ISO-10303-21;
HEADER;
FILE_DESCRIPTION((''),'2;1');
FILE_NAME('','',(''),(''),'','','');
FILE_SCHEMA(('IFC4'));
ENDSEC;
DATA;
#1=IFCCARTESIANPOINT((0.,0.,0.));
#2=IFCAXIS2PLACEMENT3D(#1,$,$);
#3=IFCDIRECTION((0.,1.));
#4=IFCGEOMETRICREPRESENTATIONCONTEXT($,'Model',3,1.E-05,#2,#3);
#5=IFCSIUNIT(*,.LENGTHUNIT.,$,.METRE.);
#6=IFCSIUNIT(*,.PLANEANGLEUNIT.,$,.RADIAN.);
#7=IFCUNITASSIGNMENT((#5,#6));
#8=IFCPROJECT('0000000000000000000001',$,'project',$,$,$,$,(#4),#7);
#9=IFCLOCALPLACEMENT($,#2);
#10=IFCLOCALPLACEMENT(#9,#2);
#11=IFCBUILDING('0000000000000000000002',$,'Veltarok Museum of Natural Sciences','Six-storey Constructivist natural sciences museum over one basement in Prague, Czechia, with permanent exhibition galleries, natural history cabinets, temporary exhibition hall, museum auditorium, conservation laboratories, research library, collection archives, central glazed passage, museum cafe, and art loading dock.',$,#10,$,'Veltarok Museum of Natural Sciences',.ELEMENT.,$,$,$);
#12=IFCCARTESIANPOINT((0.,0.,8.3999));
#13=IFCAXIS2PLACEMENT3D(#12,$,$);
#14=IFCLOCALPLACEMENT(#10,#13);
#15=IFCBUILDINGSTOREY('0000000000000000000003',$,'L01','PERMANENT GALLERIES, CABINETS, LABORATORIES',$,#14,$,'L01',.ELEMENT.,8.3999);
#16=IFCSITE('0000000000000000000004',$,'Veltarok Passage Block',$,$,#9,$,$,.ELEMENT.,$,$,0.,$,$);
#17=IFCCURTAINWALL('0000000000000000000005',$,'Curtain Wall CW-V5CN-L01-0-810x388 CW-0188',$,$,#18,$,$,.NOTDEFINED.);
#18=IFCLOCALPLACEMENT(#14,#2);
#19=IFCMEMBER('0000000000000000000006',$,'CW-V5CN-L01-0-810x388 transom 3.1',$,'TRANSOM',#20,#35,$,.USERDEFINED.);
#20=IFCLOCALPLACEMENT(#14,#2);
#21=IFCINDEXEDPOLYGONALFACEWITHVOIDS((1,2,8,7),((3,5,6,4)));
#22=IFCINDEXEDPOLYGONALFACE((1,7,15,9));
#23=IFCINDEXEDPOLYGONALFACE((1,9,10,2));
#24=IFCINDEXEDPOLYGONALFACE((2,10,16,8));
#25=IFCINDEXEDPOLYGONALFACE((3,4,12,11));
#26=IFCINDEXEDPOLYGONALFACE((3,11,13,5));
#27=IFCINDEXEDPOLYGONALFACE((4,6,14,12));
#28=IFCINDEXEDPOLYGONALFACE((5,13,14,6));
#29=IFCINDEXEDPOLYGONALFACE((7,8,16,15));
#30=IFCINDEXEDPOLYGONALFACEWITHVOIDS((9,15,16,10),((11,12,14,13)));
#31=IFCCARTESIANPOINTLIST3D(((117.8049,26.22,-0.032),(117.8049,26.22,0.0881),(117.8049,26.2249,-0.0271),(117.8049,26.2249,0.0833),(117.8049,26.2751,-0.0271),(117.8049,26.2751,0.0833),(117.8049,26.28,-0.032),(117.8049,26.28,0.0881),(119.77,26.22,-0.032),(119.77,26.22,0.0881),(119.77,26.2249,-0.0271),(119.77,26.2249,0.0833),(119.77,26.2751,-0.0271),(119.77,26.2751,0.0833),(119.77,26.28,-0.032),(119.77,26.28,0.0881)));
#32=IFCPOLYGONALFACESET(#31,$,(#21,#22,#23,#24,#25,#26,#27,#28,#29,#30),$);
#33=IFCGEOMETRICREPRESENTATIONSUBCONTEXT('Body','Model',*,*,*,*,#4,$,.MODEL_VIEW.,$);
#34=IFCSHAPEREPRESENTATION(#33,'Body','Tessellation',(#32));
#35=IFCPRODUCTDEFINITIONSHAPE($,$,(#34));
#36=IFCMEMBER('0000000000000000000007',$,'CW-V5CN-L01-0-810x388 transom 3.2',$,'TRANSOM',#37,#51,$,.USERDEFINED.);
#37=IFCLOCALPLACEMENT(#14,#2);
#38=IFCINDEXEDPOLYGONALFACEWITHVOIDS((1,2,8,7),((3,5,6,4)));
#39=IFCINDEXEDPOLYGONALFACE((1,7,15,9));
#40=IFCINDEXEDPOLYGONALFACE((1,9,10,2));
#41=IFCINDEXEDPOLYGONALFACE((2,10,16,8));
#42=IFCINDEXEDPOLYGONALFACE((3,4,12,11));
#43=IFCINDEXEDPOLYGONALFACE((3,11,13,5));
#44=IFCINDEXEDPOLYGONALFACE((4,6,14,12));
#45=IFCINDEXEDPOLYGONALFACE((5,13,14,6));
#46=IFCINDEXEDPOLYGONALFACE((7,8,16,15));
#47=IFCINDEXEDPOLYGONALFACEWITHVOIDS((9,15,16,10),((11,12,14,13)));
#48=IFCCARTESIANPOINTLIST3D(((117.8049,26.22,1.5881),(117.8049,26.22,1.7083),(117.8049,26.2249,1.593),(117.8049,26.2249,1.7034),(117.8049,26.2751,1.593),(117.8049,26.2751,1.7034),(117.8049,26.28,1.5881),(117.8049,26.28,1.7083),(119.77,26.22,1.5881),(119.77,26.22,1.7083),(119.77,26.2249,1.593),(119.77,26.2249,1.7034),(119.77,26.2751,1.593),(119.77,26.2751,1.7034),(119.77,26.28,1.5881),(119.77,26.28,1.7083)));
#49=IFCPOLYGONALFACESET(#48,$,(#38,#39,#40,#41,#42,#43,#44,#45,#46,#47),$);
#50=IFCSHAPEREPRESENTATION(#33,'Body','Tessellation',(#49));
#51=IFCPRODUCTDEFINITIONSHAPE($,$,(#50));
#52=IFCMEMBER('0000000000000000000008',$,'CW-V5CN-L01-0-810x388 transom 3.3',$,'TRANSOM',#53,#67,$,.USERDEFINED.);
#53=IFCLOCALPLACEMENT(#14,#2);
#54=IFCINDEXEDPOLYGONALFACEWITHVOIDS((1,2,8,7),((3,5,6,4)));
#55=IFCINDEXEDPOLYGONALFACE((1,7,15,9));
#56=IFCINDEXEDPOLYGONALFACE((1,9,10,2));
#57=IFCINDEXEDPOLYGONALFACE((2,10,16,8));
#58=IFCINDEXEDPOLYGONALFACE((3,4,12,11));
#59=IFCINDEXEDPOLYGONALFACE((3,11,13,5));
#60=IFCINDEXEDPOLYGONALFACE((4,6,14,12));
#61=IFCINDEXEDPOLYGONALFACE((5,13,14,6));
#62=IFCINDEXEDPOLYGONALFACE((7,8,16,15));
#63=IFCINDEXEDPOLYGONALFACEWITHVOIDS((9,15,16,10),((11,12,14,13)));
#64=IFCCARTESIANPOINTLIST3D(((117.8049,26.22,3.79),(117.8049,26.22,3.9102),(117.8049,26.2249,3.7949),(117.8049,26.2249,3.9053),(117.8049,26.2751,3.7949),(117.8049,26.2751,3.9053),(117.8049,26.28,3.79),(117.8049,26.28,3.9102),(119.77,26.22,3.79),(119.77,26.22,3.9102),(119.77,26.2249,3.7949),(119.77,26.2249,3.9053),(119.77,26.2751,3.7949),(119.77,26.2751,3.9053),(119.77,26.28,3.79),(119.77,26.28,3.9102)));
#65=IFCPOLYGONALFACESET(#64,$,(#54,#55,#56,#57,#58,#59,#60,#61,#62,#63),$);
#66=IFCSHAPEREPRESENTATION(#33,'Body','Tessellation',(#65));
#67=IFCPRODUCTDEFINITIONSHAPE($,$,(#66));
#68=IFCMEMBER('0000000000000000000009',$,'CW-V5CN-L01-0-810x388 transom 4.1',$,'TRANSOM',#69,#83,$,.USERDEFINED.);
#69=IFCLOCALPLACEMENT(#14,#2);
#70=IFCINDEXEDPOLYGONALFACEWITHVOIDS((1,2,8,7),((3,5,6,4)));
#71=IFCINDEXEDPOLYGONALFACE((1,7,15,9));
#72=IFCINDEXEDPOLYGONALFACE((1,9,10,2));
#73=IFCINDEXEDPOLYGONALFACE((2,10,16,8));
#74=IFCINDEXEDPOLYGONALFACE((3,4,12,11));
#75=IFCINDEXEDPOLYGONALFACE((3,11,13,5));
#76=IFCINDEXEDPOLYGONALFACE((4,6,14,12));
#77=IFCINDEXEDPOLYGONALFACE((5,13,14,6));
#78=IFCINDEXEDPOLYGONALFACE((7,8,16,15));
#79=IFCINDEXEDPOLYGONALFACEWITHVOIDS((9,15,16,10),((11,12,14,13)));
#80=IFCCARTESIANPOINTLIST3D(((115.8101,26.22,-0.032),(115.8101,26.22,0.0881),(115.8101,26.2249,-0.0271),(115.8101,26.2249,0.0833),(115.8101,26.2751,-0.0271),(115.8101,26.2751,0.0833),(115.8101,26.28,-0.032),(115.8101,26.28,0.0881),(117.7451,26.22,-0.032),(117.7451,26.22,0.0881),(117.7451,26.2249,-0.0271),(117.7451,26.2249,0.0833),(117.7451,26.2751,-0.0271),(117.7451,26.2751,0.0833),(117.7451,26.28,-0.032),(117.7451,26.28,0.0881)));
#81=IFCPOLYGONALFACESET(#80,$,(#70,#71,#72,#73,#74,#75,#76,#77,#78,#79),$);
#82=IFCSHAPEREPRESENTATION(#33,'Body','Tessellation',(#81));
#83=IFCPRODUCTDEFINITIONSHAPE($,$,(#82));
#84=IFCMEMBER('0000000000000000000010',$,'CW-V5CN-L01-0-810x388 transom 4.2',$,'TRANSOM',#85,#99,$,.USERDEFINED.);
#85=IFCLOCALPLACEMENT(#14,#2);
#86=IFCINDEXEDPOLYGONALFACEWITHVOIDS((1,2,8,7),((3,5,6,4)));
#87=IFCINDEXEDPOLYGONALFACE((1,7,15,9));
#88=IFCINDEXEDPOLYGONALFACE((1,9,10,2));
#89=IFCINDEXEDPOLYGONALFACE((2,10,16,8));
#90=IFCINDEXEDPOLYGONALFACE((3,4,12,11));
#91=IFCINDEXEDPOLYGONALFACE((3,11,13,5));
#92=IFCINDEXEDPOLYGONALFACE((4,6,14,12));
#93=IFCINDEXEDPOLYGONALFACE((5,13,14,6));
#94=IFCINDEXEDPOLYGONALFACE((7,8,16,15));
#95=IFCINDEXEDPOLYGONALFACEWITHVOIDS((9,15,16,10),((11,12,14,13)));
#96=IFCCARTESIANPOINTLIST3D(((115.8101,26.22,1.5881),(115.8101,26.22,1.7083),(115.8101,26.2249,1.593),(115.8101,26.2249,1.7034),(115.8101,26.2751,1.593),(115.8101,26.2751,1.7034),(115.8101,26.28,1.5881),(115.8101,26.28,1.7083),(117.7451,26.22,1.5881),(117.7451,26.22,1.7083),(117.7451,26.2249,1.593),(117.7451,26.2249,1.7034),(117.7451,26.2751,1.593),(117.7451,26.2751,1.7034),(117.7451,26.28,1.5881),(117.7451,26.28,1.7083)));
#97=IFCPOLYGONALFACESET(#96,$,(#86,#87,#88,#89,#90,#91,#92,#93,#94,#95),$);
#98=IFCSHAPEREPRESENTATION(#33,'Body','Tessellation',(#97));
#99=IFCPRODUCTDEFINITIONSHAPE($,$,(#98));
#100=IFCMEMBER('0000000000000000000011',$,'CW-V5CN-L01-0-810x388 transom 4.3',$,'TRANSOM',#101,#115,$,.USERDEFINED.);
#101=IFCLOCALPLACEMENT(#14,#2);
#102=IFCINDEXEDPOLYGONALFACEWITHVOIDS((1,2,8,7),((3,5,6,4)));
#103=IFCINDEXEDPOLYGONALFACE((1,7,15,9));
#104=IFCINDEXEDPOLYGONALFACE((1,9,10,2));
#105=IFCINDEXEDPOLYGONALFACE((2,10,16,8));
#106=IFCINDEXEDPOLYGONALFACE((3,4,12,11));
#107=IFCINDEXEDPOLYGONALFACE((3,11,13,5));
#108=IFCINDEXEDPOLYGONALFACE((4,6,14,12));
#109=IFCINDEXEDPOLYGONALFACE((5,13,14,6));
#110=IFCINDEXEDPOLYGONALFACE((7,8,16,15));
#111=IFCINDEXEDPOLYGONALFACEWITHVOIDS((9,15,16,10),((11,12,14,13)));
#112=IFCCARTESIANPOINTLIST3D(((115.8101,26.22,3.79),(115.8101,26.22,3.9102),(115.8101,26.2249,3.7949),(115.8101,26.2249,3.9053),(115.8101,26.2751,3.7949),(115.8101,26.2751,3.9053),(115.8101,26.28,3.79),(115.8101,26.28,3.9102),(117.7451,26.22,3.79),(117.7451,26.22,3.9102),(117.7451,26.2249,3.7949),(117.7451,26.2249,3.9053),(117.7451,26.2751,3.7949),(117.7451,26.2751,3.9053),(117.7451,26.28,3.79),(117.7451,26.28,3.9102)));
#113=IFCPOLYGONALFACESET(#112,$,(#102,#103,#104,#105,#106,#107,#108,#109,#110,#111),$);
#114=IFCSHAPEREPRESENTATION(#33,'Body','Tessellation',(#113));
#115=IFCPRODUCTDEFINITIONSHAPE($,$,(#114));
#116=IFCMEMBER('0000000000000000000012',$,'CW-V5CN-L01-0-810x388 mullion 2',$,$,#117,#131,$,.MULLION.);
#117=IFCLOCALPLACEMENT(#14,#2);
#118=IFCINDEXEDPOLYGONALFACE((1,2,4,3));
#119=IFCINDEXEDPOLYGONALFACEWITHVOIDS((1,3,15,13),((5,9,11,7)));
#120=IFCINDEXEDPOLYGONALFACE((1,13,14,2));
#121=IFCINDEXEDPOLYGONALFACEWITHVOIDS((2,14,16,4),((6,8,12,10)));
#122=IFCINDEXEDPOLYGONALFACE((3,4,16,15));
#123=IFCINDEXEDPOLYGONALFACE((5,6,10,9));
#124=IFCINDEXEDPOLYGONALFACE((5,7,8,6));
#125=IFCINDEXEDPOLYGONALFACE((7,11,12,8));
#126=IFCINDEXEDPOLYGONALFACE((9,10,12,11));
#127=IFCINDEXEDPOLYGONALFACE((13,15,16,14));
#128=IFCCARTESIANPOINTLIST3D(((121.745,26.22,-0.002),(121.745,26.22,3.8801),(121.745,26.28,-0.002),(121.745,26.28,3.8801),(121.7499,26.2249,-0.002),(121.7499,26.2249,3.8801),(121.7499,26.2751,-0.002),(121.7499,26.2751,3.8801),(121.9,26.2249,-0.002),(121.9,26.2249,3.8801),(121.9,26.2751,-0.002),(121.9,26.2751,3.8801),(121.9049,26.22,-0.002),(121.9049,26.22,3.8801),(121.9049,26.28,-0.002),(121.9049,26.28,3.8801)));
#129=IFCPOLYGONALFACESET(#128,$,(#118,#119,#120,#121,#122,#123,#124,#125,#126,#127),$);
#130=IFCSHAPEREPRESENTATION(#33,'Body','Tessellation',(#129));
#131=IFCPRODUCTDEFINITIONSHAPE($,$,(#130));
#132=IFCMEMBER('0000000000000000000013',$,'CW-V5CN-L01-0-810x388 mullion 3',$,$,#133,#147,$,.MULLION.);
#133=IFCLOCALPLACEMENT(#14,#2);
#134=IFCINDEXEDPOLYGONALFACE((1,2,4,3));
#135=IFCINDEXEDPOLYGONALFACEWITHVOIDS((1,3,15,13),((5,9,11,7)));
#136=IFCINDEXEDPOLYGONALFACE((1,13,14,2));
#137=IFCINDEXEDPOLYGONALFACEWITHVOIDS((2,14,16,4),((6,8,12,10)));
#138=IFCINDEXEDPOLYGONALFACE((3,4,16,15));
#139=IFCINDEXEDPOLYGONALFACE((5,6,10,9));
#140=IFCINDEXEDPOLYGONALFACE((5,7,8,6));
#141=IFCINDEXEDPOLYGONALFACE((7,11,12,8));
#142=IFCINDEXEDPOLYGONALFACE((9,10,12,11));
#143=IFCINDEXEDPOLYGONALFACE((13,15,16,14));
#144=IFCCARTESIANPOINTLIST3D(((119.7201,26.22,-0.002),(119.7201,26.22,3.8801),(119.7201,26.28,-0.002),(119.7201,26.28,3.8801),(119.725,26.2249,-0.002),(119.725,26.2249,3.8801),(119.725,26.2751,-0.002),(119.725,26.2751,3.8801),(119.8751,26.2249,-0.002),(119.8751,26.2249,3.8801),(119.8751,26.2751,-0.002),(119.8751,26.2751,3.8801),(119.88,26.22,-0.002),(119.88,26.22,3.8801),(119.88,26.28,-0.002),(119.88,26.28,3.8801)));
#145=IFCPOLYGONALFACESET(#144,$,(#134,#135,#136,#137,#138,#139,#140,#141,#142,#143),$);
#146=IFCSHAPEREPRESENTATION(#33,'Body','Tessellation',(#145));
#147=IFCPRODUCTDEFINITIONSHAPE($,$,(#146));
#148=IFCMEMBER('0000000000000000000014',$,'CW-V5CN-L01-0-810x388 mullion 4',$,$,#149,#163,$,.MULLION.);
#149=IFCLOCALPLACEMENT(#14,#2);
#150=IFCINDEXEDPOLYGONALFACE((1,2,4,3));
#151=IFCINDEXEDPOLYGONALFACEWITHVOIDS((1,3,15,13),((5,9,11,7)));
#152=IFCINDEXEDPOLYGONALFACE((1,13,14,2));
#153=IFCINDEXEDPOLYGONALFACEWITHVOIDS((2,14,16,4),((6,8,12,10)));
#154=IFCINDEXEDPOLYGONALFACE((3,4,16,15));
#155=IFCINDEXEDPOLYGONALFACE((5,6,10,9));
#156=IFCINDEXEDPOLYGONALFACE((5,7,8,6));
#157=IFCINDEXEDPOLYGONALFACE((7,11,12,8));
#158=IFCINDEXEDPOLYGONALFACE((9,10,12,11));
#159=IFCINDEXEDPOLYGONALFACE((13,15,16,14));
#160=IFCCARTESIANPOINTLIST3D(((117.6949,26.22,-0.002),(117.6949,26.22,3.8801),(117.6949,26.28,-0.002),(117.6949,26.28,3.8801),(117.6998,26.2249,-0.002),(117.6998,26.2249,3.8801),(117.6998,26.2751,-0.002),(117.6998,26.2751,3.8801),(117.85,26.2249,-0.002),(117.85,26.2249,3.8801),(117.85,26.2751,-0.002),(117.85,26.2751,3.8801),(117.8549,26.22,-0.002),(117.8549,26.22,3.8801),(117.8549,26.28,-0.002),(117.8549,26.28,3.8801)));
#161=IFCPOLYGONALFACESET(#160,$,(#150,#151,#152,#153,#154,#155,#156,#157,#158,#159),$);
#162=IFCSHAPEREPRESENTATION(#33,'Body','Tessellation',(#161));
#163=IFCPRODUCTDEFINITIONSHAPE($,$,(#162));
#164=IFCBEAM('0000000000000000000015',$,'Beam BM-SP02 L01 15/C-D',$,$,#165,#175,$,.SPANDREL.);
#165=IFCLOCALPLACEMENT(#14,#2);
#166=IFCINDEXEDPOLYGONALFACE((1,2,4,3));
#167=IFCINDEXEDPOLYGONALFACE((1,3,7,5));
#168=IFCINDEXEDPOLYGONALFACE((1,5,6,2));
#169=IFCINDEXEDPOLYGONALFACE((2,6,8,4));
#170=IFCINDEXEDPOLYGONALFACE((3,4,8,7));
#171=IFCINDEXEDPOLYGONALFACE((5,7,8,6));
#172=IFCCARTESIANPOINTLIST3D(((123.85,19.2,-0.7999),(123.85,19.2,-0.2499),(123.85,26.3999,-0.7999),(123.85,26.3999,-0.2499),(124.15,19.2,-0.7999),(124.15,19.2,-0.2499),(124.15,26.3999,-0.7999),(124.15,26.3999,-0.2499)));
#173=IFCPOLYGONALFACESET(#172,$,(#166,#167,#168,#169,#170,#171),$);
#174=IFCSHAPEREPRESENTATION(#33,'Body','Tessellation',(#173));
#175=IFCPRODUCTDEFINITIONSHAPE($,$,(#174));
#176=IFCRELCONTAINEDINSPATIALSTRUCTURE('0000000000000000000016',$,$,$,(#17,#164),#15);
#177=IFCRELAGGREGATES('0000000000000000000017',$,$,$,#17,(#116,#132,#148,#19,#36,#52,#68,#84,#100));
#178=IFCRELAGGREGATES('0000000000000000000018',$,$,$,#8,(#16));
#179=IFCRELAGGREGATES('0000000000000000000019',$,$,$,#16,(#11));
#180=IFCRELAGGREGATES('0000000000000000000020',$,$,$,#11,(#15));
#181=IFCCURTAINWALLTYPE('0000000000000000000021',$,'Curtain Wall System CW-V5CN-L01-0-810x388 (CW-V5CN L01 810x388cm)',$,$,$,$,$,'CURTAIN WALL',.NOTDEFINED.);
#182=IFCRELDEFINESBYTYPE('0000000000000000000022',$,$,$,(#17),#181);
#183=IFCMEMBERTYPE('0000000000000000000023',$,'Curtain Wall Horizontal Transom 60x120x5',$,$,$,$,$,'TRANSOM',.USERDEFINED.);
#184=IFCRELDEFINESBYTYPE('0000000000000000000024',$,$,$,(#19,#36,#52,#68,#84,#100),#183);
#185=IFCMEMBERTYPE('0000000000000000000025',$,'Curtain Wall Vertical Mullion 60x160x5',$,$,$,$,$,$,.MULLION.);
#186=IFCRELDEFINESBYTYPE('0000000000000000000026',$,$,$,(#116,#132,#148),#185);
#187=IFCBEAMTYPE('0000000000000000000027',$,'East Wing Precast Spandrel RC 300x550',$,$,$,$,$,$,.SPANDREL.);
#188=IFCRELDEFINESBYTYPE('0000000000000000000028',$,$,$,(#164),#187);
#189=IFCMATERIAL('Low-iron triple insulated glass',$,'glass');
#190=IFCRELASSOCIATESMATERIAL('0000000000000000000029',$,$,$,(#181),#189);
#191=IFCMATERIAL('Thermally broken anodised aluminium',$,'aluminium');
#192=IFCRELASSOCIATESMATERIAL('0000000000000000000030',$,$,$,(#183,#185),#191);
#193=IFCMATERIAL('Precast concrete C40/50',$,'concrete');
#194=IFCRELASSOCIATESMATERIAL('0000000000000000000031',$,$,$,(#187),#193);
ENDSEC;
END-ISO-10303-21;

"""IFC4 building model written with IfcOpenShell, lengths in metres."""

from ifc_helpers import new_model, si_unit, direction, frame, origin, origin_2d, place, context, subcontext, project, spatial, rectangle, hollow_rectangle, extrude, material, material_profile, profile_set, type_object, element, aggregate, save


model = new_model("IFC4")

# Units and contexts
model_context = context("Model", 3, precision=1e-05, world=origin(), true_north=direction((0.0, 1.0)))
body_context = subcontext(model_context, "Body", "Model", "MODEL_VIEW")
ifc_project = project(units=[si_unit("LENGTHUNIT", "METRE"), si_unit("PLANEANGLEUNIT", "RADIAN")], contexts=[model_context])

# Site, building, storey
site_placement = place(None, origin())
site = spatial("IfcSite", under=ifc_project, at=site_placement, Name="Veltarok Passage Block", CompositionType="ELEMENT", RefElevation=0.0)
building_placement = place(site_placement, origin())
building = spatial("IfcBuilding", under=site, at=building_placement, Name="Veltarok Museum of Natural Sciences", Description="Six-storey Constructivist natural sciences museum over one basement in Prague, Czechia, with permanent exhibition galleries, natural history cabinets, temporary exhibition hall, museum auditorium, conservation laboratories, research library, collection archives, central glazed passage, museum cafe, and art loading dock.", LongName="Veltarok Museum of Natural Sciences", CompositionType="ELEMENT")
storey_placement = place(building_placement, frame((0.0, 0.0, 8.3999)))
storey = spatial("IfcBuildingStorey", under=building, at=storey_placement, Name="L01", Description="PERMANENT GALLERIES, CABINETS, LABORATORIES", LongName="L01", CompositionType="ELEMENT", Elevation=8.3999)

# Curtain wall, members
ifc_material_1 = material(Name="Low-iron triple insulated glass", Category="glass")
curtain_wall_type = type_object("IfcCurtainWallType", Name="Curtain Wall System CW-V5CN-L01-0-810x388 (CW-V5CN L01 810x388cm)", ElementType="CURTAIN WALL", PredefinedType="NOTDEFINED", material=ifc_material_1)
curtain_wall_placement = place(storey_placement, origin())
curtain_wall = element("IfcCurtainWall", 1, at=curtain_wall_placement, inside=storey, type_object=curtain_wall_type, Name="Curtain Wall CW-V5CN-L01-0-810x388 CW-0188", PredefinedType="NOTDEFINED")
ifc_material_2 = material(Name="Thermally broken anodised aluminium", Category="aluminium")
ifc_material_profile_1 = material_profile(ifc_material_2, hollow_rectangle(XDim=0.0601, YDim=0.1201, WallThickness=0.0049, at=origin_2d()), Name="CW TRANSOM 60x120x5")
ifc_profile_set_1 = profile_set([ifc_material_profile_1], Name="Thermally broken anodised aluminium")
member_type_1 = type_object("IfcMemberType", Name="Curtain Wall Horizontal Transom 60x120x5", ElementType="TRANSOM", PredefinedType="USERDEFINED", material=ifc_profile_set_1)
member_1_placement = place(storey_placement, frame((119.77, 26.25, 0.0281), z_axis=(-1.0, 0.0, 0.0), x_axis=(0.0, -1.0, 0.0)))
member_1 = element("IfcMember", 2, at=member_1_placement, type_object=member_type_1, Name="CW-V5CN-L01-0-810x388 transom 3.1", ObjectType="TRANSOM", PredefinedType="USERDEFINED", context=body_context, shape_type="SweptSolid", body=[
    extrude(hollow_rectangle(XDim=0.0601, YDim=0.1201, WallThickness=0.0049, at=origin_2d()), origin(), (0.0, 0.0, 1.0), 1.9651),
])
member_2_placement = place(storey_placement, frame((119.77, 26.25, 1.6482), z_axis=(-1.0, 0.0, 0.0), x_axis=(0.0, -1.0, 0.0)))
member_2 = element("IfcMember", 3, at=member_2_placement, type_object=member_type_1, Name="CW-V5CN-L01-0-810x388 transom 3.2", ObjectType="TRANSOM", PredefinedType="USERDEFINED", context=body_context, shape_type="SweptSolid", body=[
    extrude(hollow_rectangle(XDim=0.0601, YDim=0.1201, WallThickness=0.0049, at=origin_2d()), origin(), (0.0, 0.0, 1.0), 1.9651),
])
member_3_placement = place(storey_placement, frame((119.77, 26.25, 3.8501), z_axis=(-1.0, 0.0, 0.0), x_axis=(0.0, -1.0, 0.0)))
member_3 = element("IfcMember", 4, at=member_3_placement, type_object=member_type_1, Name="CW-V5CN-L01-0-810x388 transom 3.3", ObjectType="TRANSOM", PredefinedType="USERDEFINED", context=body_context, shape_type="SweptSolid", body=[
    extrude(hollow_rectangle(XDim=0.0601, YDim=0.1201, WallThickness=0.0049, at=origin_2d()), origin(), (0.0, 0.0, 1.0), 1.9651),
])
member_4_placement = place(storey_placement, frame((117.7451, 26.25, 0.0281), z_axis=(-1.0, 0.0, 0.0), x_axis=(0.0, -1.0, 0.0)))
member_4 = element("IfcMember", 5, at=member_4_placement, type_object=member_type_1, Name="CW-V5CN-L01-0-810x388 transom 4.1", ObjectType="TRANSOM", PredefinedType="USERDEFINED", context=body_context, shape_type="SweptSolid", body=[
    extrude(hollow_rectangle(XDim=0.0601, YDim=0.1201, WallThickness=0.0049, at=origin_2d()), origin(), (0.0, 0.0, 1.0), 1.9351),
])
member_5_placement = place(storey_placement, frame((117.7451, 26.25, 1.6482), z_axis=(-1.0, 0.0, 0.0), x_axis=(0.0, -1.0, 0.0)))
member_5 = element("IfcMember", 6, at=member_5_placement, type_object=member_type_1, Name="CW-V5CN-L01-0-810x388 transom 4.2", ObjectType="TRANSOM", PredefinedType="USERDEFINED", context=body_context, shape_type="SweptSolid", body=[
    extrude(hollow_rectangle(XDim=0.0601, YDim=0.1201, WallThickness=0.0049, at=origin_2d()), origin(), (0.0, 0.0, 1.0), 1.9351),
])
member_6_placement = place(storey_placement, frame((117.7451, 26.25, 3.8501), z_axis=(-1.0, 0.0, 0.0), x_axis=(0.0, -1.0, 0.0)))
member_6 = element("IfcMember", 7, at=member_6_placement, type_object=member_type_1, Name="CW-V5CN-L01-0-810x388 transom 4.3", ObjectType="TRANSOM", PredefinedType="USERDEFINED", context=body_context, shape_type="SweptSolid", body=[
    extrude(hollow_rectangle(XDim=0.0601, YDim=0.1201, WallThickness=0.0049, at=origin_2d()), origin(), (0.0, 0.0, 1.0), 1.9351),
])
ifc_material_profile_2 = material_profile(ifc_material_2, hollow_rectangle(XDim=0.0601, YDim=0.1599, WallThickness=0.0049, at=origin_2d()), Name="CW MULLION 60x160x5")
ifc_profile_set_2 = profile_set([ifc_material_profile_2], Name="Thermally broken anodised aluminium")
member_type_2 = type_object("IfcMemberType", Name="Curtain Wall Vertical Mullion 60x160x5", PredefinedType="MULLION", material=ifc_profile_set_2)
member_7_placement = place(storey_placement, frame((121.825, 26.25, -0.002), z_axis=(0.0, 0.0, 1.0), x_axis=(0.0, -1.0, 0.0)))
member_7 = element("IfcMember", 8, at=member_7_placement, type_object=member_type_2, Name="CW-V5CN-L01-0-810x388 mullion 2", PredefinedType="MULLION", context=body_context, shape_type="SweptSolid", body=[
    extrude(hollow_rectangle(XDim=0.0601, YDim=0.1599, WallThickness=0.0049, at=origin_2d()), origin(), (0.0, 0.0, 1.0), 3.8821),
])
member_8_placement = place(storey_placement, frame((119.8, 26.25, -0.002), z_axis=(0.0, 0.0, 1.0), x_axis=(0.0, -1.0, 0.0)))
member_8 = element("IfcMember", 9, at=member_8_placement, type_object=member_type_2, Name="CW-V5CN-L01-0-810x388 mullion 3", PredefinedType="MULLION", context=body_context, shape_type="SweptSolid", body=[
    extrude(hollow_rectangle(XDim=0.0601, YDim=0.1599, WallThickness=0.0049, at=origin_2d()), origin(), (0.0, 0.0, 1.0), 3.8821),
])
member_9_placement = place(storey_placement, frame((117.7749, 26.25, -0.002), z_axis=(0.0, 0.0, 1.0), x_axis=(0.0, -1.0, 0.0)))
member_9 = element("IfcMember", 10, at=member_9_placement, type_object=member_type_2, Name="CW-V5CN-L01-0-810x388 mullion 4", PredefinedType="MULLION", context=body_context, shape_type="SweptSolid", body=[
    extrude(hollow_rectangle(XDim=0.0601, YDim=0.1599, WallThickness=0.0049, at=origin_2d()), origin(), (0.0, 0.0, 1.0), 3.8821),
])

# Beam
ifc_material_3 = material(Name="Precast concrete C40/50", Category="concrete")
ifc_material_profile_3 = material_profile(ifc_material_3, rectangle(XDim=0.3, YDim=0.55, at=origin_2d()), Name="RC 300x550")
ifc_profile_set_3 = profile_set([ifc_material_profile_3], Name="Precast concrete C40/50")
beam_type_1 = type_object("IfcBeamType", Name="East Wing Precast Spandrel RC 300x550", PredefinedType="SPANDREL", material=ifc_profile_set_3)
beam_1_placement = place(storey_placement, frame((124.0, 19.2, -0.5249), z_axis=(0.0, 1.0, 0.0), x_axis=(-1.0, 0.0, 0.0)))
element("IfcBeam", 11, at=beam_1_placement, inside=storey, type_object=beam_type_1, Name="Beam BM-SP02 L01 15/C-D", PredefinedType="SPANDREL", context=body_context, shape_type="SweptSolid", body=[
    extrude(rectangle(XDim=0.3, YDim=0.55, at=origin_2d()), origin(), (0.0, 0.0, 1.0), 7.2),
])

aggregate(curtain_wall, [member_7, member_8, member_9, member_1, member_2, member_3, member_4, member_5, member_6])

save(model, "model.ifc")
